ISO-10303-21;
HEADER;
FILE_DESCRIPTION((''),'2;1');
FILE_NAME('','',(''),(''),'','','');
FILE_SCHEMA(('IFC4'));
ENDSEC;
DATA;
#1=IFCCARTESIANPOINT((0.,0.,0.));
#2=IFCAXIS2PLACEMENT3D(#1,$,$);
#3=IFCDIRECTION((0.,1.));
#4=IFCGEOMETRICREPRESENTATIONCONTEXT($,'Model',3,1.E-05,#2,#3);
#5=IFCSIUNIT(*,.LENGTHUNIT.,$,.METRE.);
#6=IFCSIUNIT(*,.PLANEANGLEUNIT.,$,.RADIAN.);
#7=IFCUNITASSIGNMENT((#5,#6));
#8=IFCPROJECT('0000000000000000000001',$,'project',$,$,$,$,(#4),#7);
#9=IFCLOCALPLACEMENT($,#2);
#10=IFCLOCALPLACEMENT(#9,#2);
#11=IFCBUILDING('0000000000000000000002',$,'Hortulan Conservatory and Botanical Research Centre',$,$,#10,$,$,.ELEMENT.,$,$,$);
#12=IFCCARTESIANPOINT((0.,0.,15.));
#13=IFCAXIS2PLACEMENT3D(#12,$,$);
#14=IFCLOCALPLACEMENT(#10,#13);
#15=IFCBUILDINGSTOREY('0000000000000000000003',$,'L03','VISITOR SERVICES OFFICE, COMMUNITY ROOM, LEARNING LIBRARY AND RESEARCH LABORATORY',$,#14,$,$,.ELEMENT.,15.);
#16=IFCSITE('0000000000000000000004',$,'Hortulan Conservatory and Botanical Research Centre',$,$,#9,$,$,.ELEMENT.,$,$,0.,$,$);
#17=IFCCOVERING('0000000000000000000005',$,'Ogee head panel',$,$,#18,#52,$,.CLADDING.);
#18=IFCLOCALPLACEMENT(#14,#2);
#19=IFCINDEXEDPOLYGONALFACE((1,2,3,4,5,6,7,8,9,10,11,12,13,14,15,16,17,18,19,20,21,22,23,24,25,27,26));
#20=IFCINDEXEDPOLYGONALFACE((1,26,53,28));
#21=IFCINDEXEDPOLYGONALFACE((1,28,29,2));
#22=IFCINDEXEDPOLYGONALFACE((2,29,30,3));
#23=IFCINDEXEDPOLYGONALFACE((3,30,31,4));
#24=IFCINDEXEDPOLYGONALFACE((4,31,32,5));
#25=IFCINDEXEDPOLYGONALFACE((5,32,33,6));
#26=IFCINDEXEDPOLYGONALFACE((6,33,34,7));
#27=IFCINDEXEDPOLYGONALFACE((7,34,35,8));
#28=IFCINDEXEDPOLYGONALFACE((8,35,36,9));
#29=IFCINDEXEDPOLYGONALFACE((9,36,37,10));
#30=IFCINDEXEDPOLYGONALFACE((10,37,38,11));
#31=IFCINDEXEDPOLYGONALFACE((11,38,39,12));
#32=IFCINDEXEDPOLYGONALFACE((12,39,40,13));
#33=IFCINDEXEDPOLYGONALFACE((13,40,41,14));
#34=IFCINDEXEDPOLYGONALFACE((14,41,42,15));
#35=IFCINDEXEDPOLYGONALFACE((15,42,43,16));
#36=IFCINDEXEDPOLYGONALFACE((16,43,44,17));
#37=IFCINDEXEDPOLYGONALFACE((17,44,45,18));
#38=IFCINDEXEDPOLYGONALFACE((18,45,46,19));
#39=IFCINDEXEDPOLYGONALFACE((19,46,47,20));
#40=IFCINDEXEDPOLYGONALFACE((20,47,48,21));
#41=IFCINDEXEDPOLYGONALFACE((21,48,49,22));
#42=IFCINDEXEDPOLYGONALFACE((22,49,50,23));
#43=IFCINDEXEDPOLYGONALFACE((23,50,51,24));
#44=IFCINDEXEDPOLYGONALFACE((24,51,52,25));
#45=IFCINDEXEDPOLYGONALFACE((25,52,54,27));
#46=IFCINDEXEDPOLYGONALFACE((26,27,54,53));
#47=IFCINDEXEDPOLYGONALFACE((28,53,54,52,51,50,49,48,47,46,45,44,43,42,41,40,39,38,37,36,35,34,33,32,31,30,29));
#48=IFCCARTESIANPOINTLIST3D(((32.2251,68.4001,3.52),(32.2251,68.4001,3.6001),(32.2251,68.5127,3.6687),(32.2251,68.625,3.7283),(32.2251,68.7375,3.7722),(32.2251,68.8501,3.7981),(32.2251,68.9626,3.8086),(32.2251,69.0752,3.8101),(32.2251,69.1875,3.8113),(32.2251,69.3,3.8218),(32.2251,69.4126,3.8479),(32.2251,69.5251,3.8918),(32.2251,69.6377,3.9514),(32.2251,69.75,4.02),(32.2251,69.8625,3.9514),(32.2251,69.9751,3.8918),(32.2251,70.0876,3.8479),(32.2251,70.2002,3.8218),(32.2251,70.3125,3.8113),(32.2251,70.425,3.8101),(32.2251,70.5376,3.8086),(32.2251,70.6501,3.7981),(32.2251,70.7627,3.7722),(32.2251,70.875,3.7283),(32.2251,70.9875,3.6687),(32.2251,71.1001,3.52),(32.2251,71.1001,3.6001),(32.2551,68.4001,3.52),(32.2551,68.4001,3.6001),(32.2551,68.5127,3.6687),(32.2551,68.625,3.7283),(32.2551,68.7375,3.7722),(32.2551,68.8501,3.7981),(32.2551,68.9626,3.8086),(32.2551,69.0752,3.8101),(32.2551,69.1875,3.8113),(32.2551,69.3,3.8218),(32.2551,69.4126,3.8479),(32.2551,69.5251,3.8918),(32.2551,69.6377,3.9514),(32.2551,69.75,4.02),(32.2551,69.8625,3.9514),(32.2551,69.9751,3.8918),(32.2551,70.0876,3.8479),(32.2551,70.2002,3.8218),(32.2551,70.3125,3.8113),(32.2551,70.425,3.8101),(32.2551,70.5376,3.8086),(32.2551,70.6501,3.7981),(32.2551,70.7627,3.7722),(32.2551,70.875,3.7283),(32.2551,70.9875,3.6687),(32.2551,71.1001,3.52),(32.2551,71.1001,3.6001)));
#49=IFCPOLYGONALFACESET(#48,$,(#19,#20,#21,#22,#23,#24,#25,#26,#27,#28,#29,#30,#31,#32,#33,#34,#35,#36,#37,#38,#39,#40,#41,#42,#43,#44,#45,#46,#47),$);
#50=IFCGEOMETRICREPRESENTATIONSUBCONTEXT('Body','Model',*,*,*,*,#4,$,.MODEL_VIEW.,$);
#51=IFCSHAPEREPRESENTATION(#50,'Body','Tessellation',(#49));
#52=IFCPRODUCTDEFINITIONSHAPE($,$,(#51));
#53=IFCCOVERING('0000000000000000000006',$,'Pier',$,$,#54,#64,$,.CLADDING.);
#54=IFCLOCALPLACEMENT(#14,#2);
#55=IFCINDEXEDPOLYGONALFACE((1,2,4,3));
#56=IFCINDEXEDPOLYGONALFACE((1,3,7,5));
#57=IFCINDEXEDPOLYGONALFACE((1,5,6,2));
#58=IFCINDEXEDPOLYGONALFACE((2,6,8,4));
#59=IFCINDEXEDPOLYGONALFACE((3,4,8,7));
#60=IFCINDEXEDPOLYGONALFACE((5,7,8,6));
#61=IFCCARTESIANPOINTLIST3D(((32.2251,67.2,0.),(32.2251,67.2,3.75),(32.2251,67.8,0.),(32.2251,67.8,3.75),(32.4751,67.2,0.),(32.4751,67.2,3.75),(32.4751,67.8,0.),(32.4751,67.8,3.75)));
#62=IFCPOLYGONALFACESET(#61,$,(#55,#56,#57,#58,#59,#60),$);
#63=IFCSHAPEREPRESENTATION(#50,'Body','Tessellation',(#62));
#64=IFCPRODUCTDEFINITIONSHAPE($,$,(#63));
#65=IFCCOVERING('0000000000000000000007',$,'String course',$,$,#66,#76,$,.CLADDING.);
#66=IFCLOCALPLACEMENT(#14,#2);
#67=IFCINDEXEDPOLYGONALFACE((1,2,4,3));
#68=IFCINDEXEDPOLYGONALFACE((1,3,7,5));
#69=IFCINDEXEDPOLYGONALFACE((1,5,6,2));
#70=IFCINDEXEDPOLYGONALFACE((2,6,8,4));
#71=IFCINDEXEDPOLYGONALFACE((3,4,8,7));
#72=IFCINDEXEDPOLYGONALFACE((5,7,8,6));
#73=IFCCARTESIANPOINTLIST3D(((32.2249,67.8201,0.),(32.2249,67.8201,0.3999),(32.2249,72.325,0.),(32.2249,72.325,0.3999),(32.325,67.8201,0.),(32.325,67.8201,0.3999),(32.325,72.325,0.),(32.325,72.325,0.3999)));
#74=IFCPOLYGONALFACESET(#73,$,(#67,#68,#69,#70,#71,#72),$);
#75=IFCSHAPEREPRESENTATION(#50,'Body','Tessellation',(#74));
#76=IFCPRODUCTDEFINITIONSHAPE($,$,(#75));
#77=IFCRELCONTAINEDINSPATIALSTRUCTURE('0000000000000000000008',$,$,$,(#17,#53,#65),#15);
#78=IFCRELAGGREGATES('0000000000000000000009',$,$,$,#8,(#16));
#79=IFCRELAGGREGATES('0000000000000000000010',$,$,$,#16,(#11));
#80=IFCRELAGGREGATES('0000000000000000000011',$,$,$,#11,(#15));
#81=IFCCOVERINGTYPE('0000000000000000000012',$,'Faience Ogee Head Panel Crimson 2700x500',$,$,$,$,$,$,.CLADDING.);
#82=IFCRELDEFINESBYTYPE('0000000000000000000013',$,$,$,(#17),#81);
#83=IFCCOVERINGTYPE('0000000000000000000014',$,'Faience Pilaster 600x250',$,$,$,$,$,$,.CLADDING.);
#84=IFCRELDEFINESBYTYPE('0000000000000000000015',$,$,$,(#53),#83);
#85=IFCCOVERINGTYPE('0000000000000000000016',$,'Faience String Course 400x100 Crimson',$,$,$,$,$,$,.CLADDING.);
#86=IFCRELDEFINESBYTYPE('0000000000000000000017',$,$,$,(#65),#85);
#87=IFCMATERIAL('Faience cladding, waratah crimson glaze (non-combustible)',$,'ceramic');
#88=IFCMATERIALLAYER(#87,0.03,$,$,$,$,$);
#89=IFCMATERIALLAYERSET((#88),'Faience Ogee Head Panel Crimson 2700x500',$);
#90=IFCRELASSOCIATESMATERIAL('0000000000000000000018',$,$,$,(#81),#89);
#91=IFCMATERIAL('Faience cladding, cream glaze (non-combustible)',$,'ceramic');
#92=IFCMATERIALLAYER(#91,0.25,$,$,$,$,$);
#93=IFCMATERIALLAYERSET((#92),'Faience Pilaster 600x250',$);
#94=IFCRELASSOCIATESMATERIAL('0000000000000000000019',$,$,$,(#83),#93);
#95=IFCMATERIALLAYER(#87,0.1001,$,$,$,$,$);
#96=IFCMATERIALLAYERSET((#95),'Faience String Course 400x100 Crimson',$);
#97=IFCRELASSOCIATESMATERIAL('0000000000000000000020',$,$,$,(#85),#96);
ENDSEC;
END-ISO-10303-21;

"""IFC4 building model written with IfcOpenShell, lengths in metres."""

from ifc_helpers import new_model, si_unit, direction, frame, origin, origin_2d, place, context, subcontext, project, spatial, polyline, rectangle, outline, extrude, material, layer, layer_set, type_object, element, save


model = new_model("IFC4")

# Units and contexts
model_context = context("Model", 3, precision=1e-05, world=origin(), true_north=direction((0.0, 1.0)))
body_context = subcontext(model_context, "Body", "Model", "MODEL_VIEW")
ifc_project = project(units=[si_unit("LENGTHUNIT", "METRE"), si_unit("PLANEANGLEUNIT", "RADIAN")], contexts=[model_context])

# Site, building, storey
site_placement = place(None, origin())
site = spatial("IfcSite", under=ifc_project, at=site_placement, Name="Hortulan Conservatory and Botanical Research Centre", CompositionType="ELEMENT", RefElevation=0.0)
building_placement = place(site_placement, origin())
building = spatial("IfcBuilding", under=site, at=building_placement, Name="Hortulan Conservatory and Botanical Research Centre", CompositionType="ELEMENT")
storey_placement = place(building_placement, frame((0.0, 0.0, 15.0)))
storey = spatial("IfcBuildingStorey", under=building, at=storey_placement, Name="L03", Description="VISITOR SERVICES OFFICE, COMMUNITY ROOM, LEARNING LIBRARY AND RESEARCH LABORATORY", CompositionType="ELEMENT", Elevation=15.0)

# Coverings
ifc_material_1 = material(Name="Faience cladding, waratah crimson glaze (non-combustible)", Category="ceramic")
ifc_layer_1 = layer(ifc_material_1, 0.03)
ifc_layer_set_1 = layer_set([ifc_layer_1], Name="Faience Ogee Head Panel Crimson 2700x500")
covering_type_1 = type_object("IfcCoveringType", Name="Faience Ogee Head Panel Crimson 2700x500", PredefinedType="CLADDING", material=ifc_layer_set_1)
covering_1_placement = place(storey_placement, frame((32.24, 71.1001, 3.52), z_axis=(0.0, 0.0, 1.0), x_axis=(0.0, -1.0, 0.0)))
element("IfcCovering", 1, at=covering_1_placement, inside=storey, type_object=covering_type_1, Name="Ogee head panel", PredefinedType="CLADDING", context=body_context, shape_type="SweptSolid", body=[
    extrude(outline(polyline([(0.0, 0.0), (2.7, 0.0), (2.7, 0.0801), (2.5874, 0.1487), (2.4751, 0.2083), (2.3625, 0.2522), (2.25, 0.2781), (2.1375, 0.2886), (2.0249, 0.29), (1.9126, 0.2913), (1.8, 0.3018), (1.6875, 0.3279), (1.575, 0.3718), (1.4624, 0.4314), (1.3501, 0.5), (1.2375, 0.4314), (1.125, 0.3718), (1.0125, 0.3279), (0.8999, 0.3018), (0.7876, 0.2913), (0.675, 0.29), (0.5625, 0.2886), (0.45, 0.2781), (0.3374, 0.2522), (0.2251, 0.2083), (0.1125, 0.1487), (0.0, 0.0801), (0.0, 0.0)])), frame((0.0, 0.0151, 0.0), z_axis=(0.0, -1.0, 0.0), x_axis=(1.0, 0.0, 0.0)), (0.0, 0.0, 1.0), 0.03),
])
ifc_material_2 = material(Name="Faience cladding, cream glaze (non-combustible)", Category="ceramic")
ifc_layer_2 = layer(ifc_material_2, 0.25)
ifc_layer_set_2 = layer_set([ifc_layer_2], Name="Faience Pilaster 600x250")
covering_type_2 = type_object("IfcCoveringType", Name="Faience Pilaster 600x250", PredefinedType="CLADDING", material=ifc_layer_set_2)
covering_2_placement = place(storey_placement, frame((32.3501, 67.5, 0.0), z_axis=(0.0, 0.0, 1.0), x_axis=(0.0, -1.0, 0.0)))
element("IfcCovering", 2, at=covering_2_placement, inside=storey, type_object=covering_type_2, Name="Pier", PredefinedType="CLADDING", context=body_context, shape_type="SweptSolid", body=[
    extrude(rectangle(XDim=0.6001, YDim=0.25, at=origin_2d()), origin(), (0.0, 0.0, 1.0), 3.75),
])
ifc_layer_3 = layer(ifc_material_1, 0.1001)
ifc_layer_set_3 = layer_set([ifc_layer_3], Name="Faience String Course 400x100 Crimson")
covering_type_3 = type_object("IfcCoveringType", Name="Faience String Course 400x100 Crimson", PredefinedType="CLADDING", material=ifc_layer_set_3)
covering_3_placement = place(storey_placement, frame((32.2749, 70.0725, 0.0), z_axis=(0.0, 0.0, 1.0), x_axis=(0.0, -1.0, 0.0)))
element("IfcCovering", 3, at=covering_3_placement, inside=storey, type_object=covering_type_3, Name="String course", PredefinedType="CLADDING", context=body_context, shape_type="SweptSolid", body=[
    extrude(rectangle(XDim=4.5049, YDim=0.1001, at=origin_2d()), origin(), (0.0, 0.0, 1.0), 0.3999),
])

save(model, "model.ifc")
